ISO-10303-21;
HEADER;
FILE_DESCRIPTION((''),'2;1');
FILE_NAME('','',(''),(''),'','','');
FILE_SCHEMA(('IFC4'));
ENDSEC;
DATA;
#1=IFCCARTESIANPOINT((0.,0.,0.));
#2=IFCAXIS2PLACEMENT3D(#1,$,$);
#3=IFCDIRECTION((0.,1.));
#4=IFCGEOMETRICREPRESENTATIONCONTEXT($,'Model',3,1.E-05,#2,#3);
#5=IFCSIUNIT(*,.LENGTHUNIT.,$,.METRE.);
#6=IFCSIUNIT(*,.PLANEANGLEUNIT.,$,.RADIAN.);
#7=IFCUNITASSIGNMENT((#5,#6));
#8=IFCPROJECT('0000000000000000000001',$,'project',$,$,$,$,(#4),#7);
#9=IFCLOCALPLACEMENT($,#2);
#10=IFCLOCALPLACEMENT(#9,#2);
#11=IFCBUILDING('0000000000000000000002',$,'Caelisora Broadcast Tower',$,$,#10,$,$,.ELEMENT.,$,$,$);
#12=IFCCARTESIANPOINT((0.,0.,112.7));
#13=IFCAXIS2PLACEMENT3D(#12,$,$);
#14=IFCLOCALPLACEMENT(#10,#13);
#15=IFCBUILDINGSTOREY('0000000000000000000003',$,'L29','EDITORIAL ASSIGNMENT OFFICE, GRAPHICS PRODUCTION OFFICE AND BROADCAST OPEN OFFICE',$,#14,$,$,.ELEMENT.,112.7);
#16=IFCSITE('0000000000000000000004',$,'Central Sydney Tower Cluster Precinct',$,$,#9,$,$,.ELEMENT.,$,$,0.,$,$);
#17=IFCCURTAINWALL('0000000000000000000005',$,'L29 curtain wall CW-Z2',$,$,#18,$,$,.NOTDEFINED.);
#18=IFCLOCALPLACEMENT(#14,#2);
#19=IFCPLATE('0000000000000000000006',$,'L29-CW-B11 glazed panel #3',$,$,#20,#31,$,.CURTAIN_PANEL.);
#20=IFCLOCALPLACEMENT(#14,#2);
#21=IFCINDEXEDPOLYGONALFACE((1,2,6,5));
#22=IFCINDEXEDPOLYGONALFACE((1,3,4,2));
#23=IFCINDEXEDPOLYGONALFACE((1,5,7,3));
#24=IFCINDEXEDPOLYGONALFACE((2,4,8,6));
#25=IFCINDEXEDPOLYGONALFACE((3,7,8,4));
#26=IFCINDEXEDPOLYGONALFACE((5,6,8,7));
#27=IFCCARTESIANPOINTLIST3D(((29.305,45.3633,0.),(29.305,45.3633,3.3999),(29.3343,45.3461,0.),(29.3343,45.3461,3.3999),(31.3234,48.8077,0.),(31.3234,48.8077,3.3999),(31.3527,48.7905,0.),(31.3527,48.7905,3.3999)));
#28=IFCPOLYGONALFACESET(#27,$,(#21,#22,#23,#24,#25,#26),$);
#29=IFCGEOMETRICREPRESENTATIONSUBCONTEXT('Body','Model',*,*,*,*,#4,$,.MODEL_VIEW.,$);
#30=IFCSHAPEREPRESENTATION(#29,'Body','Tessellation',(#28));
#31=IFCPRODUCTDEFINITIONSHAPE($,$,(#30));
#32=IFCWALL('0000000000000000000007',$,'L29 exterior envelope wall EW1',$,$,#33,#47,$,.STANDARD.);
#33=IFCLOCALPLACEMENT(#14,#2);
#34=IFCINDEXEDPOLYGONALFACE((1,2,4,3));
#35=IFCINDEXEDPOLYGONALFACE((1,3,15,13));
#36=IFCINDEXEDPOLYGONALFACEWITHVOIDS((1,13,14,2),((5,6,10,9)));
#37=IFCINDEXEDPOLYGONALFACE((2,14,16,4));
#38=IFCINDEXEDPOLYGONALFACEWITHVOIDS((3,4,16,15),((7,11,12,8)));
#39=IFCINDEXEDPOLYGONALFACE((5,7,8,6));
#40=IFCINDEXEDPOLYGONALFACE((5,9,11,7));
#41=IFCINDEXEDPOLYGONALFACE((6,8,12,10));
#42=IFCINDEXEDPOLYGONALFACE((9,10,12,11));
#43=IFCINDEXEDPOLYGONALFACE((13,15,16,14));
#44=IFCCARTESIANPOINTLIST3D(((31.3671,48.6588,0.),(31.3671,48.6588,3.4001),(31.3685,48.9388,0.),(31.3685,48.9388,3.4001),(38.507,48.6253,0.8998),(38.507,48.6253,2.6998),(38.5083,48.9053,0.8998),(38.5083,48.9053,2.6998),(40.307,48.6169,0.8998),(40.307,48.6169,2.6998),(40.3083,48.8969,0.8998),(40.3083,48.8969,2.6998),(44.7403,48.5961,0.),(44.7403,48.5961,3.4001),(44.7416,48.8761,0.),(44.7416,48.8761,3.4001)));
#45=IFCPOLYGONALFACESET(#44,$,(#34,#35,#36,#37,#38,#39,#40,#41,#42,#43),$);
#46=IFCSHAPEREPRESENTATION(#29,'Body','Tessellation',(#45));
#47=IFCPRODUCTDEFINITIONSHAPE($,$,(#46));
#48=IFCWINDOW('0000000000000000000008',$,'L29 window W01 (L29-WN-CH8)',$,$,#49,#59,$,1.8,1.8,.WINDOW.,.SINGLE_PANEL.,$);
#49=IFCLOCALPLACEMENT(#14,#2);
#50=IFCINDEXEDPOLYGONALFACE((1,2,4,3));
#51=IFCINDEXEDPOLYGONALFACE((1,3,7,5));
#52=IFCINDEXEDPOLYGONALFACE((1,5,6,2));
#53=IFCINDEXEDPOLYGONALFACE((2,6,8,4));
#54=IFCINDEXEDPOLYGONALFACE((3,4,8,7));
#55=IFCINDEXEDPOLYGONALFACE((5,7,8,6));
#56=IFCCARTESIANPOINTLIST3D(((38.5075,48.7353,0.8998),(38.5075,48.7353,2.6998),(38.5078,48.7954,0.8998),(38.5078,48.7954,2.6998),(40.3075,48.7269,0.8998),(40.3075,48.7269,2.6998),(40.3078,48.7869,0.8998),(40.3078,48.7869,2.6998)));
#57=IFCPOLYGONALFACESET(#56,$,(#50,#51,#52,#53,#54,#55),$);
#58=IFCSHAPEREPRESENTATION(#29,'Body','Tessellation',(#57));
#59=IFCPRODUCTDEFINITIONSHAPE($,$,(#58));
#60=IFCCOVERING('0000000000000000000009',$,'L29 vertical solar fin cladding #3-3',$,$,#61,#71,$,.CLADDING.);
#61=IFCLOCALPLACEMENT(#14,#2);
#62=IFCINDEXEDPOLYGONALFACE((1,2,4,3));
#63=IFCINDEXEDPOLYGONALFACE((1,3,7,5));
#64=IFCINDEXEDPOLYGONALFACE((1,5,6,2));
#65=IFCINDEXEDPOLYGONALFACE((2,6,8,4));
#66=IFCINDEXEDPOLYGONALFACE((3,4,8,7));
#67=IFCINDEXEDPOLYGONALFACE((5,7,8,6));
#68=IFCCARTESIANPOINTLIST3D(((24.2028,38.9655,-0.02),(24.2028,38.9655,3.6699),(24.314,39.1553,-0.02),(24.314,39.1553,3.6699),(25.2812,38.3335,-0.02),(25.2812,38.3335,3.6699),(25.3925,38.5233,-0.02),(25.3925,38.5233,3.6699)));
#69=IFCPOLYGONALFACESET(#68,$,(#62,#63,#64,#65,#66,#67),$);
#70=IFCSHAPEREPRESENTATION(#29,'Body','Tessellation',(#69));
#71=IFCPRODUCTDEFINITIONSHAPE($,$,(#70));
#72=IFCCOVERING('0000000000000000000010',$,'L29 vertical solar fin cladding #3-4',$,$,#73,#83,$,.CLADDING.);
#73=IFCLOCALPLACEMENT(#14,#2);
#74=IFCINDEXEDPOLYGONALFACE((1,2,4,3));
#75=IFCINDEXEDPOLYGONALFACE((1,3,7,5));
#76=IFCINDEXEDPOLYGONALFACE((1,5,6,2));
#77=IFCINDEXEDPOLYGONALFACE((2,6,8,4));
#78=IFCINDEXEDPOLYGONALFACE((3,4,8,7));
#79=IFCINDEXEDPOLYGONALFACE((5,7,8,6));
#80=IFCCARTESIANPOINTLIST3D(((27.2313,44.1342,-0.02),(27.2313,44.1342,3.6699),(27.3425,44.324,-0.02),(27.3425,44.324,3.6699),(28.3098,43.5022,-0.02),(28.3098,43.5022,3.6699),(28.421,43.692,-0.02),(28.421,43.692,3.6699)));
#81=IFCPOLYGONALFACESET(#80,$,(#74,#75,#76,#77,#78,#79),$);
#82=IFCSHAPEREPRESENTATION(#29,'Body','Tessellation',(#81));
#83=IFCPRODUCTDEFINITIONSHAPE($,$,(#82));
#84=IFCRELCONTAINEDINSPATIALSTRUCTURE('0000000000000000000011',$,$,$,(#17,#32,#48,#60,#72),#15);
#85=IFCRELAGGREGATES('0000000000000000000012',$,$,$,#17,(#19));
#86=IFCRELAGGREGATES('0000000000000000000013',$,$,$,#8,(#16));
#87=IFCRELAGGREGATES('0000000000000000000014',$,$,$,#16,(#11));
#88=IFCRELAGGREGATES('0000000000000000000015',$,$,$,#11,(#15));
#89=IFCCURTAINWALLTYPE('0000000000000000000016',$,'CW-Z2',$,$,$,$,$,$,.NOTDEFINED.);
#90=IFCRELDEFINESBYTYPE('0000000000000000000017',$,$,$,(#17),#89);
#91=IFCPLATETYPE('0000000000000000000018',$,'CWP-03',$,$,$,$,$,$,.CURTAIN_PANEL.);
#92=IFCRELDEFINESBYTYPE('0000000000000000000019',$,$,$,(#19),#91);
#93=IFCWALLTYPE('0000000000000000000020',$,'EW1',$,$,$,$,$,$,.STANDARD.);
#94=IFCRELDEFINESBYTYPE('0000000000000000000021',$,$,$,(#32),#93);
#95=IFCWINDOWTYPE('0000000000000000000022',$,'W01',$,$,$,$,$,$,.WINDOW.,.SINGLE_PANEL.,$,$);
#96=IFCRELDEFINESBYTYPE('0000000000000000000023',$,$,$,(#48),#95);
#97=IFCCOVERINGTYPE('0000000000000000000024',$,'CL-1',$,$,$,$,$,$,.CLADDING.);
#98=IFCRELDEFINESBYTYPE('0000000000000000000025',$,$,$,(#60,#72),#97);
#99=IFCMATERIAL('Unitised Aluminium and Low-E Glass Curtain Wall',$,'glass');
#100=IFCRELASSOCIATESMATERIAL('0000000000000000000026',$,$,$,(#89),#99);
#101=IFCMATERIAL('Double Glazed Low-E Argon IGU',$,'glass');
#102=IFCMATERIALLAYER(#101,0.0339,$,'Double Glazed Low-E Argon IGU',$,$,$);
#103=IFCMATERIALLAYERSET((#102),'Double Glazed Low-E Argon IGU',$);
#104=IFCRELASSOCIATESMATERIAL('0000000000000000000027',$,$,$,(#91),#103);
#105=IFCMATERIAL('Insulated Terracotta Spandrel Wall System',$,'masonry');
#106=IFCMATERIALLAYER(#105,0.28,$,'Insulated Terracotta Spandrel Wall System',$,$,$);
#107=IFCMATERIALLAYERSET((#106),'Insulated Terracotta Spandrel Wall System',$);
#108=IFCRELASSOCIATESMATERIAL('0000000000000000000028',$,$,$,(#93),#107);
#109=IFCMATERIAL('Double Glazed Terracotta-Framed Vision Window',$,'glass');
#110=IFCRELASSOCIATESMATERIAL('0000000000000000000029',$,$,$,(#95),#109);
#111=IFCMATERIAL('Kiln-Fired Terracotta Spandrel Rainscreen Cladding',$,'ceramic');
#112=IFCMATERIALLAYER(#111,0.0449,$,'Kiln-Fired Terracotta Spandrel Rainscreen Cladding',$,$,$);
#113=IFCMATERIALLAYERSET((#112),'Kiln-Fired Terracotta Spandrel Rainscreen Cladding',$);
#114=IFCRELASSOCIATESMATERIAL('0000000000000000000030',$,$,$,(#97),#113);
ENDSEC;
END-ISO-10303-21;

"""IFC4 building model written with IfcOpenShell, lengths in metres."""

from ifc_helpers import new_model, si_unit, direction, frame, frame_2d, origin, origin_2d, place, context, subcontext, project, spatial, rectangle, extrude, source, transform, mapped, material, layer, layer_set, type_object, type_shapes, element, fill, aggregate, save


model = new_model("IFC4")

# Units and contexts
model_context = context("Model", 3, precision=1e-05, world=origin(), true_north=direction((0.0, 1.0)))
body_context = subcontext(model_context, "Body", "Model", "MODEL_VIEW")
ifc_project = project(units=[si_unit("LENGTHUNIT", "METRE"), si_unit("PLANEANGLEUNIT", "RADIAN")], contexts=[model_context])

# Site, building, storey
site_placement = place(None, origin())
site = spatial("IfcSite", under=ifc_project, at=site_placement, Name="Central Sydney Tower Cluster Precinct", CompositionType="ELEMENT", RefElevation=0.0)
building_placement = place(site_placement, origin())
building = spatial("IfcBuilding", under=site, at=building_placement, Name="Caelisora Broadcast Tower", CompositionType="ELEMENT")
storey_placement = place(building_placement, frame((0.0, 0.0, 112.7)))
storey = spatial("IfcBuildingStorey", under=building, at=storey_placement, Name="L29", Description="EDITORIAL ASSIGNMENT OFFICE, GRAPHICS PRODUCTION OFFICE AND BROADCAST OPEN OFFICE", CompositionType="ELEMENT", Elevation=112.7)

# Curtain wall
ifc_material_1 = material(Name="Unitised Aluminium and Low-E Glass Curtain Wall", Category="glass")
curtain_wall_type_1 = type_object("IfcCurtainWallType", Name="CW-Z2", PredefinedType="NOTDEFINED", material=ifc_material_1)
curtain_wall_1_placement = place(storey_placement, origin())
curtain_wall_1 = element("IfcCurtainWall", 1, at=curtain_wall_1_placement, inside=storey, type_object=curtain_wall_type_1, Name="L29 curtain wall CW-Z2", PredefinedType="NOTDEFINED")

# Plate
ifc_material_2 = material(Name="Double Glazed Low-E Argon IGU", Category="glass")
ifc_layer_1 = layer(ifc_material_2, 0.0339, Name="Double Glazed Low-E Argon IGU")
ifc_layer_set_1 = layer_set([ifc_layer_1], Name="Double Glazed Low-E Argon IGU")
plate_type_1 = type_object("IfcPlateType", Name="CWP-03", PredefinedType="CURTAIN_PANEL", material=ifc_layer_set_1)
shared_shape_1 = source(origin(), body_context, "Body", "SweptSolid", [
    extrude(rectangle(XDim=3.9922, YDim=0.0339, at=origin_2d()), origin(), (0.0, 0.0, 1.0), 3.3999),
])
type_shapes(plate_type_1, [shared_shape_1])
plate_1_placement = place(storey_placement, frame((30.3289, 47.0769, 0.0), z_axis=(0.0, 0.0, 1.0), x_axis=(0.505582, 0.862779, 0.0)))
plate_1 = element("IfcPlate", 2, at=plate_1_placement, type_object=plate_type_1, Name="L29-CW-B11 glazed panel #3", PredefinedType="CURTAIN_PANEL", context=body_context, shape_type="MappedRepresentation", body=[
    mapped(shared_shape_1, transform((0.0, 0.0, 0.0), scale=1.0)),
])
aggregate(curtain_wall_1, [plate_1])

# Wall, opening, window
ifc_material_3 = material(Name="Insulated Terracotta Spandrel Wall System", Category="masonry")
ifc_layer_2 = layer(ifc_material_3, 0.28, Name="Insulated Terracotta Spandrel Wall System")
ifc_layer_set_2 = layer_set([ifc_layer_2], Name="Insulated Terracotta Spandrel Wall System")
wall_type = type_object("IfcWallType", Name="EW1", PredefinedType="STANDARD", material=ifc_layer_set_2)
wall_placement = place(storey_placement, frame((31.3679, 48.7988, 0.0), z_axis=(0.0, 0.0, 1.0), x_axis=(0.999989, -0.004692, 0.0)))
wall = element("IfcWall", 3, at=wall_placement, inside=storey, type_object=wall_type, Name="L29 exterior envelope wall EW1", PredefinedType="STANDARD", context=body_context, shape_type="SweptSolid", body=[
    extrude(rectangle(XDim=13.3733, YDim=0.28, at=frame_2d((6.6865, 0.0))), origin(), (0.0, 0.0, 1.0), 3.4001),
])
opening_placement = place(wall_placement, frame((7.1399, 0.0, 0.8999)))
opening = element("IfcOpeningElement", 4, at=opening_placement, cuts=wall, PredefinedType="OPENING", context=body_context, shape_type="SweptSolid", body=[
    extrude(rectangle(XDim=1.8, YDim=1.8, at=frame_2d((0.8999, 0.8999))), frame((0.0, 0.1521, 0.0), z_axis=(0.0, -1.0, 0.0), x_axis=(1.0, 0.0, 0.0)), (0.0, 0.0, 1.0), 0.304),
])
ifc_material_4 = material(Name="Double Glazed Terracotta-Framed Vision Window", Category="glass")
window_type = type_object("IfcWindowType", Name="W01", PartitioningType="SINGLE_PANEL", PredefinedType="WINDOW", material=ifc_material_4)
window_placement = place(opening_placement, origin())
window = element("IfcWindow", 5, at=window_placement, inside=storey, type_object=window_type, Name="L29 window W01 (L29-WN-CH8)", OverallHeight=1.8, OverallWidth=1.8, PartitioningType="SINGLE_PANEL", PredefinedType="WINDOW", context=body_context, shape_type="SweptSolid", body=[
    extrude(rectangle(XDim=1.8, YDim=1.8, at=frame_2d((0.8999, 0.8999))), frame((0.0, 0.03, 0.0), z_axis=(0.0, -1.0, 0.0), x_axis=(1.0, 0.0, 0.0)), (0.0, 0.0, 1.0), 0.0601),
])
fill(opening, window)

# Coverings
ifc_material_5 = material(Name="Kiln-Fired Terracotta Spandrel Rainscreen Cladding", Category="ceramic")
ifc_layer_3 = layer(ifc_material_5, 0.0449, Name="Kiln-Fired Terracotta Spandrel Rainscreen Cladding")
ifc_layer_set_3 = layer_set([ifc_layer_3], Name="Kiln-Fired Terracotta Spandrel Rainscreen Cladding")
covering_type = type_object("IfcCoveringType", Name="CL-1", PredefinedType="CLADDING", material=ifc_layer_set_3)
shared_shape_2 = source(origin(), body_context, "Body", "SweptSolid", [
    extrude(rectangle(XDim=0.22, YDim=1.25, at=origin_2d()), origin(), (0.0, 0.0, 1.0), 3.6899),
])
type_shapes(covering_type, [shared_shape_2])
for number, where, z_axis, x_axis, name in (
    (6, (24.7976, 38.7444, -0.02), (0.0, 0.0, 1.0), (0.505582, 0.862779, 0.0), "L29 vertical solar fin cladding #3-3"),
    (7, (27.8262, 43.9131, -0.02), (0.0, 0.0, 1.0), (0.505582, 0.862779, 0.0), "L29 vertical solar fin cladding #3-4"),
):
    element("IfcCovering", number, at=place(storey_placement, frame(where, z_axis=z_axis, x_axis=x_axis)), inside=storey, type_object=covering_type, Name=name, PredefinedType="CLADDING", context=body_context, shape_type="MappedRepresentation", body=[
        mapped(shared_shape_2, transform((0.0, 0.0, 0.0), scale=1.0)),
    ])

save(model, "model.ifc")
